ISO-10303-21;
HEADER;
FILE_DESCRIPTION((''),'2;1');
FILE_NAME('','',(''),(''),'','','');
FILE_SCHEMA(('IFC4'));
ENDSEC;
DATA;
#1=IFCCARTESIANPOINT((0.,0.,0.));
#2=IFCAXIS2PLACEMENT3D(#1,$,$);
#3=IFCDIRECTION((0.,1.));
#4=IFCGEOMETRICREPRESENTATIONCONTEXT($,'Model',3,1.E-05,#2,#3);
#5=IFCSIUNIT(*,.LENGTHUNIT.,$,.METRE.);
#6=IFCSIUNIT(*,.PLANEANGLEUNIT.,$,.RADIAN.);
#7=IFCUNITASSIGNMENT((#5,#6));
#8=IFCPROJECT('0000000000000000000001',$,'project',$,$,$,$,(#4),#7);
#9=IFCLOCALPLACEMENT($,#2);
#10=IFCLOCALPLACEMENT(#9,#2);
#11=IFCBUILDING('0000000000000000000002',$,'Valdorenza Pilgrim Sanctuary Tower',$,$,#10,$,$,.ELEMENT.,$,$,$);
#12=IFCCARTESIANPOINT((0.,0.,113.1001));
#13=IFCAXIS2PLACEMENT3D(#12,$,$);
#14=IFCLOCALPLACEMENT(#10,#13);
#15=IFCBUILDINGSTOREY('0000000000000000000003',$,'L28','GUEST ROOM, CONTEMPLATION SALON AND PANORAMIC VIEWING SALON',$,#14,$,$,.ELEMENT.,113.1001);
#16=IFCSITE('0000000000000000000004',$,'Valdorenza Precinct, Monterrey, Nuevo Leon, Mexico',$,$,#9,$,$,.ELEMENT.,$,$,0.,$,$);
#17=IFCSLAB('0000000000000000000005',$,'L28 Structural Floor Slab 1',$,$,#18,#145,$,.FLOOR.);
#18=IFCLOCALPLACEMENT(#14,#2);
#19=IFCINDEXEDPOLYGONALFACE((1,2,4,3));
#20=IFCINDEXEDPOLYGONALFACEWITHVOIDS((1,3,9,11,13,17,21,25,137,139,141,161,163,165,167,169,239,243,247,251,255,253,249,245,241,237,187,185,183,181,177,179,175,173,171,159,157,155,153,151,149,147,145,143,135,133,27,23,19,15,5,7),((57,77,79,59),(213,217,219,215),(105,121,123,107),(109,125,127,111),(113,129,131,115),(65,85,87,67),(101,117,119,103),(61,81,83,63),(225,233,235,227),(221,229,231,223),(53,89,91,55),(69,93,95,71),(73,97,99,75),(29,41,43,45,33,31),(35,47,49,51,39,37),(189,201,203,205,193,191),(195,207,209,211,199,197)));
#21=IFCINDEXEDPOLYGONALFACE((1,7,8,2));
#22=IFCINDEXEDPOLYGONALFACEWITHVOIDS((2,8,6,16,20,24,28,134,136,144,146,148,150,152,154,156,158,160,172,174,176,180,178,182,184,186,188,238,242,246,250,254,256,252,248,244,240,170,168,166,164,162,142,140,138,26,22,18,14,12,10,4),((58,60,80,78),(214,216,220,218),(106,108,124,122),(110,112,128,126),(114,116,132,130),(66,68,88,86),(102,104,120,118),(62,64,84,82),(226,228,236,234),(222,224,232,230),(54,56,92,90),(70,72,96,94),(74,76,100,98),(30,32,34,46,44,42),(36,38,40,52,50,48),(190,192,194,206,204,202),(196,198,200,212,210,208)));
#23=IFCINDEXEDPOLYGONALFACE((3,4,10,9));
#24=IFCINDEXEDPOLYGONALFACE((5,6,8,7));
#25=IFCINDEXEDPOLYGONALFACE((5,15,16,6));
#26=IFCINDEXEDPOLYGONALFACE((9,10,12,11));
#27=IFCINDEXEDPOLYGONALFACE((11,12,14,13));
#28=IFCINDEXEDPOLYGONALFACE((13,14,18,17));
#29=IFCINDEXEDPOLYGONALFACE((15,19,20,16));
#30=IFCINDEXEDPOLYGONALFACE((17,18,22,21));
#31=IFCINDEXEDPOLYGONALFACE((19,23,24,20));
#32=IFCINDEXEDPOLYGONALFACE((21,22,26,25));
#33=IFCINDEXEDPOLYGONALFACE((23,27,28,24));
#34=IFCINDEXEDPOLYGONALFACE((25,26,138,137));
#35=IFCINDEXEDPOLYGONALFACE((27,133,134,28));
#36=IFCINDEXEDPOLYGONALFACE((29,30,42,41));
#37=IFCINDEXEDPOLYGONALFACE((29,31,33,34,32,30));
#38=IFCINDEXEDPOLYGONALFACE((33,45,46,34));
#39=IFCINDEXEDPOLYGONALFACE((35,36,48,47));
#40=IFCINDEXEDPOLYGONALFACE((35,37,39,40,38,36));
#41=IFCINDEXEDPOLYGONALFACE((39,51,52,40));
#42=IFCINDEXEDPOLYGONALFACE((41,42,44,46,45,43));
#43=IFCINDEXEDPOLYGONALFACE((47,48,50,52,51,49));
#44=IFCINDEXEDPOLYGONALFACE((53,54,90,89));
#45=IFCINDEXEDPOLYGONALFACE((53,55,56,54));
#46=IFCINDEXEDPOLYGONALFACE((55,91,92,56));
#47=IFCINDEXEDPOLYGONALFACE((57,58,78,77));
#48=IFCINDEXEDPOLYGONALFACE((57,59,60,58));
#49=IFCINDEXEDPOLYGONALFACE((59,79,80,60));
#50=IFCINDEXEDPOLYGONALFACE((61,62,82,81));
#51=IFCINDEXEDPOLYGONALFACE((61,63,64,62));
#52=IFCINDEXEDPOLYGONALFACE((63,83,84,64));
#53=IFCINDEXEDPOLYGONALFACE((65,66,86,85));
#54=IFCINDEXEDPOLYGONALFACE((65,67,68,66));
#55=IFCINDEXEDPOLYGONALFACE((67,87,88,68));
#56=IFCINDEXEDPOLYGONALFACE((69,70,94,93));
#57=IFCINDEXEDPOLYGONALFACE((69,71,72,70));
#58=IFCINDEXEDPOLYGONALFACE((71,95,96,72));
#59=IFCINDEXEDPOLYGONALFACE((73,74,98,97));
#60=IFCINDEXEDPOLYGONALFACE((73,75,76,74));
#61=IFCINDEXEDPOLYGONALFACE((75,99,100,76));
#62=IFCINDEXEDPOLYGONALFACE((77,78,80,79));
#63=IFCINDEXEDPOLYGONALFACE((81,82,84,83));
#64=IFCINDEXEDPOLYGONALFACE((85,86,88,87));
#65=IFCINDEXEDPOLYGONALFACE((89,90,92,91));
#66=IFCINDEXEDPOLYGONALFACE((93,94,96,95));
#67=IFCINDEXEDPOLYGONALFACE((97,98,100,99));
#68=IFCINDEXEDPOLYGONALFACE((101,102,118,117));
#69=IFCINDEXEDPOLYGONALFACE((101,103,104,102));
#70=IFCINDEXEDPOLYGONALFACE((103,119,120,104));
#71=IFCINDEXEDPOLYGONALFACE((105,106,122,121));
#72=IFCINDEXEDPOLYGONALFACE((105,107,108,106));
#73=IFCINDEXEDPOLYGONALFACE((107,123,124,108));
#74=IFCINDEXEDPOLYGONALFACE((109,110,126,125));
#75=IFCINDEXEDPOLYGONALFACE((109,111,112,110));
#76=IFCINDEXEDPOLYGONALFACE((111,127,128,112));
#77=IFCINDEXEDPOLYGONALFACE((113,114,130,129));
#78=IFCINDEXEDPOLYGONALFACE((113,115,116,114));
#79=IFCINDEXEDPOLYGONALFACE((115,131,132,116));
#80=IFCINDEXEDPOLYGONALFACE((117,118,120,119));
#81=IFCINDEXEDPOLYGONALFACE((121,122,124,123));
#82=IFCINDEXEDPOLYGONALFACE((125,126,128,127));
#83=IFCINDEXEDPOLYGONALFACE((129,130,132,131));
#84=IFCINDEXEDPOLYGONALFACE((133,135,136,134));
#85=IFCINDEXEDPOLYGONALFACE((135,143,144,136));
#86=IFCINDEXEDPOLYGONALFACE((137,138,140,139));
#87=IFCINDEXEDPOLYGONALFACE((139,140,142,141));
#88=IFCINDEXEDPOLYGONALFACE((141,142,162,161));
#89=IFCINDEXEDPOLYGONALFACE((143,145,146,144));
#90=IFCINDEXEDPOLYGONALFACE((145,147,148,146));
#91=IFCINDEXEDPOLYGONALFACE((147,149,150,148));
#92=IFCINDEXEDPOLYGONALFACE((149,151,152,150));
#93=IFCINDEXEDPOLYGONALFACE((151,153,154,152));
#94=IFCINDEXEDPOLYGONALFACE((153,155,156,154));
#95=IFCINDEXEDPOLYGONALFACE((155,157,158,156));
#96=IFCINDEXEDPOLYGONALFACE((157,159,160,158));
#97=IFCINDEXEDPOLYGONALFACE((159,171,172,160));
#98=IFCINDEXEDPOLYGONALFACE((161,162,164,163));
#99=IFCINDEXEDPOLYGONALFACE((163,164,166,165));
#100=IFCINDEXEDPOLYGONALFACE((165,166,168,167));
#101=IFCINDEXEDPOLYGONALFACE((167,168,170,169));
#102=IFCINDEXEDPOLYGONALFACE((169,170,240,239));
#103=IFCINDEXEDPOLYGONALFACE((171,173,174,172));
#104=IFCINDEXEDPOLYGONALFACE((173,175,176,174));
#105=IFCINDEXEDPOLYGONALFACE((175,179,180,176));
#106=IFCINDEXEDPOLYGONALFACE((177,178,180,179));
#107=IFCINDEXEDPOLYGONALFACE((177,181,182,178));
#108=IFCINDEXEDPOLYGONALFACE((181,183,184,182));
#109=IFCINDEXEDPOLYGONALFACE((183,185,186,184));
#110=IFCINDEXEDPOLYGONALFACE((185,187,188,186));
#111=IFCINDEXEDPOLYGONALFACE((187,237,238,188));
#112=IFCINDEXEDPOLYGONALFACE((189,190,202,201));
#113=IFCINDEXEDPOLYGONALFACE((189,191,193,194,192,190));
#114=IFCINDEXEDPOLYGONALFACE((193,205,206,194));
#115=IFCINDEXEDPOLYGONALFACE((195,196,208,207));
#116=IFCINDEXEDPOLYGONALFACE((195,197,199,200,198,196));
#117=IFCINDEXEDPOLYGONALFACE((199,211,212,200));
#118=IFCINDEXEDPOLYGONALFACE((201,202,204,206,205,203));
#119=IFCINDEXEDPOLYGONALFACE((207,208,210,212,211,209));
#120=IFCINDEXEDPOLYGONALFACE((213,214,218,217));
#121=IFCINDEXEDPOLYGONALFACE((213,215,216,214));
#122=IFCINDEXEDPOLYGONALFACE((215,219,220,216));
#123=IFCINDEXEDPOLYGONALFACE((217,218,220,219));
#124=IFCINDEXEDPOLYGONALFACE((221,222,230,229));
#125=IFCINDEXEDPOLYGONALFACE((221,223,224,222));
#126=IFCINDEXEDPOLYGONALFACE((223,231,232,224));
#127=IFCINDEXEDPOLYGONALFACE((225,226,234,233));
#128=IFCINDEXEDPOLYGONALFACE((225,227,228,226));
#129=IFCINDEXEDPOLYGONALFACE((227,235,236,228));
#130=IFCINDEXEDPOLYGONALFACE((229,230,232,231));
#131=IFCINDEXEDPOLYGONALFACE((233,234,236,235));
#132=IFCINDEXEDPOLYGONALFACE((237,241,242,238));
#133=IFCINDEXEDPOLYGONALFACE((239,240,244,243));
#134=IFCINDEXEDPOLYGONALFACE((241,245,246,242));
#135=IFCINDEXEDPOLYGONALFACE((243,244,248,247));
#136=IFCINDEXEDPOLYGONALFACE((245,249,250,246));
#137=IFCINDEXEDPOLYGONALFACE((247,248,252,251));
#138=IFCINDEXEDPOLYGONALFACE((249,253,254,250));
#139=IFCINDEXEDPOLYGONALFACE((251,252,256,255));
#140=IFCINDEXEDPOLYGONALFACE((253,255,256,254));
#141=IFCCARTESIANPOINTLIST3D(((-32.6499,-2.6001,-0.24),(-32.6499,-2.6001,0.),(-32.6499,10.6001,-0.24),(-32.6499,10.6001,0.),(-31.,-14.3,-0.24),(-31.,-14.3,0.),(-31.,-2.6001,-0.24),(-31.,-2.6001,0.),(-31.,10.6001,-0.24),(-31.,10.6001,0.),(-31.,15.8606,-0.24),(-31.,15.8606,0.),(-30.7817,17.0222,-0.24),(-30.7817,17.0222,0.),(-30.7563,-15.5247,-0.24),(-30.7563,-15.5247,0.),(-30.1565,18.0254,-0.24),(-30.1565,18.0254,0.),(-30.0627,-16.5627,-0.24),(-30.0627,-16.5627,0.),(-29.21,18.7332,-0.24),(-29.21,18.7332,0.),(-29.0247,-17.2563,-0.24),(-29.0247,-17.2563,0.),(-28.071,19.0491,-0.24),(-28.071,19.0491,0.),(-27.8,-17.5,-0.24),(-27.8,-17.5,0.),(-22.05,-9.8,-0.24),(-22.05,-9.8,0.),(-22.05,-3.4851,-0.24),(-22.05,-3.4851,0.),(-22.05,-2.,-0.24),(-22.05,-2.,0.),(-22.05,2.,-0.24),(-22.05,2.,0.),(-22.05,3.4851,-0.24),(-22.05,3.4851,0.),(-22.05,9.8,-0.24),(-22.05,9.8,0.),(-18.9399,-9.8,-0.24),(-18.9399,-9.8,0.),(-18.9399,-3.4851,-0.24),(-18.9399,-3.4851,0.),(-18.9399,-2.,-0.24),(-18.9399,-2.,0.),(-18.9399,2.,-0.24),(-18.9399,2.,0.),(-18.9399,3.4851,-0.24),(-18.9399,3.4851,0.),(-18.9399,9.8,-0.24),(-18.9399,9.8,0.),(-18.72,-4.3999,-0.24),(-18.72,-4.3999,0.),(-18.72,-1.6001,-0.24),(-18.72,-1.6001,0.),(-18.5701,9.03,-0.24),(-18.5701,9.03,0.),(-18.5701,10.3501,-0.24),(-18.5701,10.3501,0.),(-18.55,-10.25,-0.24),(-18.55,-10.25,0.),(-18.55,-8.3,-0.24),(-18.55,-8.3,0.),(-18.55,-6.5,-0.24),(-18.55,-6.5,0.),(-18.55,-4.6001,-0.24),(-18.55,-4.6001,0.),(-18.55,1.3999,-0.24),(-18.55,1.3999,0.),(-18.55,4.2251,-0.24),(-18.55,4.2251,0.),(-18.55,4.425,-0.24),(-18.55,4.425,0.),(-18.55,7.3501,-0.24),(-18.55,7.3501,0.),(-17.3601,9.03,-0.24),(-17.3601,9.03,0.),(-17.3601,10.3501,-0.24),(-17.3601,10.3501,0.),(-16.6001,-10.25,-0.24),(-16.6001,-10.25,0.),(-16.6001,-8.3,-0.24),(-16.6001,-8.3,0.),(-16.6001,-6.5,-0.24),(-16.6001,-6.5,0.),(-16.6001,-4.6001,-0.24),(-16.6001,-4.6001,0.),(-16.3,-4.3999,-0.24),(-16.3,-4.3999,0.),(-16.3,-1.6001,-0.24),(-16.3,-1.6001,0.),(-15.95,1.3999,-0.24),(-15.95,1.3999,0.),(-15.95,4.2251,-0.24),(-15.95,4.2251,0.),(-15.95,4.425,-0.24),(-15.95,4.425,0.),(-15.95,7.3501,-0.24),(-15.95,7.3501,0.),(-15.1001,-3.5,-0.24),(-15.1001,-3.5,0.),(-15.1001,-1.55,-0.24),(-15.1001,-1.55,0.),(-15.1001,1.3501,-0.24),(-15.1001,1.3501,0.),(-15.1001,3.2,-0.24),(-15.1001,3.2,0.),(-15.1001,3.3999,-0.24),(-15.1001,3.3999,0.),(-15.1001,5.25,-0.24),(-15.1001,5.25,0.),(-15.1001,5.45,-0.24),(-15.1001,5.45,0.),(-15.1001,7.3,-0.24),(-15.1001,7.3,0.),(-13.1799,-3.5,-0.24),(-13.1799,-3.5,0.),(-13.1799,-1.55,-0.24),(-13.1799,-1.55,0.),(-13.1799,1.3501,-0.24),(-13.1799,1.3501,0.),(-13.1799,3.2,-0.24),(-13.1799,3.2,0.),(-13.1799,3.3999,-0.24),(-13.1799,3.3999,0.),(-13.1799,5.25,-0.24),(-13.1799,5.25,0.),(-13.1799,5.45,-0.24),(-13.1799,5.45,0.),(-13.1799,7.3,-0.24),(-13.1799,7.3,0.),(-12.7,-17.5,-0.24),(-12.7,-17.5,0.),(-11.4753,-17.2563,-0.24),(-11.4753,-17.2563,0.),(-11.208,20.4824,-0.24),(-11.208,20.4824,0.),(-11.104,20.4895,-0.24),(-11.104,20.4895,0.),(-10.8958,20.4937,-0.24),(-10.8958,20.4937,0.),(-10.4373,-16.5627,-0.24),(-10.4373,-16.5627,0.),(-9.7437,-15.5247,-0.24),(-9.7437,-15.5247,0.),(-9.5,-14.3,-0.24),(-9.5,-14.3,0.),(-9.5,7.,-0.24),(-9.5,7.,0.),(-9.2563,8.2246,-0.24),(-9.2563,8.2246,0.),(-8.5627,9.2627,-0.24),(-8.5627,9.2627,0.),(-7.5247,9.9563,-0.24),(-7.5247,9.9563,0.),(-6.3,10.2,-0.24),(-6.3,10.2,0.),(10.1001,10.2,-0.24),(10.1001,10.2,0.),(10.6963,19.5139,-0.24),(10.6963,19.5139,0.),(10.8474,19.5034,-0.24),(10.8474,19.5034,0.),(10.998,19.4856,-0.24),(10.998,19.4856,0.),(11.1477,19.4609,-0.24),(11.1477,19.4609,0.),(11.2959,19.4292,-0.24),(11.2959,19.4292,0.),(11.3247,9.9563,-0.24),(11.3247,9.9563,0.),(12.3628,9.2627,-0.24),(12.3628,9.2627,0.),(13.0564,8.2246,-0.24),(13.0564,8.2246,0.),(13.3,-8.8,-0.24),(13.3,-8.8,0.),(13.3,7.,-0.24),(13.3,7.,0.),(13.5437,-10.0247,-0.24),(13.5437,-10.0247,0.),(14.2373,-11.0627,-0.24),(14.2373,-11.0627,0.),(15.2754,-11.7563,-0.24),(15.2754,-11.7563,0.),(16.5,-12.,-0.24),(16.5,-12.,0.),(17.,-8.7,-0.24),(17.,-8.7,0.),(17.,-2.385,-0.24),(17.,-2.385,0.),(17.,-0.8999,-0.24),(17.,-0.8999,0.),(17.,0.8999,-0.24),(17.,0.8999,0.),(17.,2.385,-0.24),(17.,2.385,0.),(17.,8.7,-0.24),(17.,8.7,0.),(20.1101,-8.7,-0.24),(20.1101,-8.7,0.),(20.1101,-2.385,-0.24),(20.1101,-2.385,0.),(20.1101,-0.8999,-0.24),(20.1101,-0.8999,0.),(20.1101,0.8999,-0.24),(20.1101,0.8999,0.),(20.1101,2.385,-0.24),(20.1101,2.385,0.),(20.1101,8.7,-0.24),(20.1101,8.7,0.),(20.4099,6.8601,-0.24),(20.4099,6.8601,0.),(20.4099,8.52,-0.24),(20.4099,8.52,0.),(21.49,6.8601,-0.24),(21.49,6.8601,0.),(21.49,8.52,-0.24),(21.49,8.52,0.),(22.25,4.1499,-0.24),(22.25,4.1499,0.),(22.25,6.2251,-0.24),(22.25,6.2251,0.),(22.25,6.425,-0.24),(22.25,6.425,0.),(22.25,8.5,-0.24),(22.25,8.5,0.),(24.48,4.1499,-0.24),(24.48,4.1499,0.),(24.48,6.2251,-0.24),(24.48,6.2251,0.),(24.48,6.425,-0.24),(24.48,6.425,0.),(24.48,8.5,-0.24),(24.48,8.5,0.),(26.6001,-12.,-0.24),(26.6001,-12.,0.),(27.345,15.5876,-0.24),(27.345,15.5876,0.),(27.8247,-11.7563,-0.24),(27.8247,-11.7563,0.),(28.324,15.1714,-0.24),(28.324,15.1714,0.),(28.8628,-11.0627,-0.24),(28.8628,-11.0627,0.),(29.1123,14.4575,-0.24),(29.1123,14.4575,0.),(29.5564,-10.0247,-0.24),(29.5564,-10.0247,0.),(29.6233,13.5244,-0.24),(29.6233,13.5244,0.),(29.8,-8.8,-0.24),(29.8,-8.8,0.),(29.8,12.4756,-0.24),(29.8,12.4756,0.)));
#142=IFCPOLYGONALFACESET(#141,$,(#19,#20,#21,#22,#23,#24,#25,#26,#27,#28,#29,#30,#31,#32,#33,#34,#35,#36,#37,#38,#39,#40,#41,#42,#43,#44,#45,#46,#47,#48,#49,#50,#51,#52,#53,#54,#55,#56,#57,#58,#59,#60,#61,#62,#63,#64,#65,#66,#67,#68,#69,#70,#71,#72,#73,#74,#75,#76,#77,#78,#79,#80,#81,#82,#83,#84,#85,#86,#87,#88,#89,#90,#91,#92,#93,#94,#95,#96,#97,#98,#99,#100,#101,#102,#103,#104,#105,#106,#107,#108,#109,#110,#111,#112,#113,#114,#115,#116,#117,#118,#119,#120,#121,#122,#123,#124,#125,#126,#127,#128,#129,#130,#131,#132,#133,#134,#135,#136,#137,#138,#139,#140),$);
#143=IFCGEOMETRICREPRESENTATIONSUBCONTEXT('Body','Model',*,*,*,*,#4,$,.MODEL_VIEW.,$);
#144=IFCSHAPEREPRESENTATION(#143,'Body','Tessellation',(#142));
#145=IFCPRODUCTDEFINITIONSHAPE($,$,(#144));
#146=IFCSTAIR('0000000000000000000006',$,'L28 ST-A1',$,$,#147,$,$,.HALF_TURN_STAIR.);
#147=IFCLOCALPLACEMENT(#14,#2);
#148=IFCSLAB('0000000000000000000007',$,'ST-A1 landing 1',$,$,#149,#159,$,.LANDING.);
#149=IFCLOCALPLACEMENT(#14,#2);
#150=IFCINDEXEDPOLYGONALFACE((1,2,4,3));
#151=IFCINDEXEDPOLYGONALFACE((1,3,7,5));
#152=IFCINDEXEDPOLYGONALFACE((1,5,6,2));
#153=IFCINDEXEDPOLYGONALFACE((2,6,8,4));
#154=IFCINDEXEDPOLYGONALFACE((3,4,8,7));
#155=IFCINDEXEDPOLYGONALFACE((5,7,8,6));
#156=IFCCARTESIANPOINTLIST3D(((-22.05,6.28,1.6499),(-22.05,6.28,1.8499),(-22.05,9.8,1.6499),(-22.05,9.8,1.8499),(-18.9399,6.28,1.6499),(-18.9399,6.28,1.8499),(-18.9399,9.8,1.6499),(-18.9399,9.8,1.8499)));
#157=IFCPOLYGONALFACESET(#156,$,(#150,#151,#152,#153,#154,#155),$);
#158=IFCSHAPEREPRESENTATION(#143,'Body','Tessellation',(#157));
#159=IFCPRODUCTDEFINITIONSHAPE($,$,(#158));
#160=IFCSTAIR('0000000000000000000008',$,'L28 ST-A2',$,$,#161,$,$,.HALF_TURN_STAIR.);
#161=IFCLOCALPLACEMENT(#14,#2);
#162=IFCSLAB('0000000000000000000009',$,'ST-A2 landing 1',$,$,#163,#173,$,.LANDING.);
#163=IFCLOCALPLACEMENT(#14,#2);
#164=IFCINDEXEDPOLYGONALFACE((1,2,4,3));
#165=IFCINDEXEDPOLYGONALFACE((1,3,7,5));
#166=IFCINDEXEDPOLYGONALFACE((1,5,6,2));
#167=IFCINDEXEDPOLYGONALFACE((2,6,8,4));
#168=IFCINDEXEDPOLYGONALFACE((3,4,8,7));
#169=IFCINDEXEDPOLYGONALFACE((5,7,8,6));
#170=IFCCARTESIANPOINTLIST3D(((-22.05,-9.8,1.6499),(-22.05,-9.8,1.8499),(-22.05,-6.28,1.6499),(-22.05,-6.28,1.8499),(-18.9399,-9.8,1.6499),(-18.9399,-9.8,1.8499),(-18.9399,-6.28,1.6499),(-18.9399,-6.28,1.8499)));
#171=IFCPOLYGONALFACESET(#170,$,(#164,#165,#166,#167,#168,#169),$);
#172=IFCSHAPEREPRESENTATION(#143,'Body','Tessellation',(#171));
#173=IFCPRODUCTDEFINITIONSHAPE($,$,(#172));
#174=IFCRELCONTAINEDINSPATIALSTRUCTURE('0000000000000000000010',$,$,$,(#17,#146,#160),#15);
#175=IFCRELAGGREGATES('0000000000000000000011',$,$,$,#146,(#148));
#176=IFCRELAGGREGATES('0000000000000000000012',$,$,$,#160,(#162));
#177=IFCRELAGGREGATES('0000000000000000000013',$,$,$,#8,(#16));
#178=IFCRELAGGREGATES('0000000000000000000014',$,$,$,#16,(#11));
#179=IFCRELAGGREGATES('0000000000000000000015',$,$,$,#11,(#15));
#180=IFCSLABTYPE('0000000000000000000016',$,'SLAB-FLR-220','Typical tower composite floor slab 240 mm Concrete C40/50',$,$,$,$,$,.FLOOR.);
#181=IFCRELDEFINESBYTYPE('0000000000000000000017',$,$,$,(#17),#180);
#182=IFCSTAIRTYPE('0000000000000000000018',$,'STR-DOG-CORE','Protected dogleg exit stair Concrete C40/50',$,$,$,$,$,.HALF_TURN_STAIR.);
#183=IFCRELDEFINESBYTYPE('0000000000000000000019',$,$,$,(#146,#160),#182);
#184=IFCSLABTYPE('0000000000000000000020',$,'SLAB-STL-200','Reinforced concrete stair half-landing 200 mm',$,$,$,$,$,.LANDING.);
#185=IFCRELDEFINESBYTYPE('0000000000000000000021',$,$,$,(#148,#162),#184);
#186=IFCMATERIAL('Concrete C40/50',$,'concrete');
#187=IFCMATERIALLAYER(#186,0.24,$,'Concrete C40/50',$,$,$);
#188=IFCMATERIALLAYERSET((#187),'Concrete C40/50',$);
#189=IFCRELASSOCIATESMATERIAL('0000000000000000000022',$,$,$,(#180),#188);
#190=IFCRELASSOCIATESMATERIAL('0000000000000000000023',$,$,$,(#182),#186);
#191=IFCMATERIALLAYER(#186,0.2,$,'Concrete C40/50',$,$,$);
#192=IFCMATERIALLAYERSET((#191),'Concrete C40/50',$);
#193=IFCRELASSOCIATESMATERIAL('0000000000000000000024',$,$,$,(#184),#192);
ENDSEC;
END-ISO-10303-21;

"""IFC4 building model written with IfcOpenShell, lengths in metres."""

from ifc_helpers import new_model, si_unit, direction, frame, origin, place, context, subcontext, project, spatial, polyline, outline, extrude, material, layer, layer_set, type_object, element, aggregate, save


model = new_model("IFC4")

# Units and contexts
model_context = context("Model", 3, precision=1e-05, world=origin(), true_north=direction((0.0, 1.0)))
body_context = subcontext(model_context, "Body", "Model", "MODEL_VIEW")
ifc_project = project(units=[si_unit("LENGTHUNIT", "METRE"), si_unit("PLANEANGLEUNIT", "RADIAN")], contexts=[model_context])

# Site, building, storey
site_placement = place(None, origin())
site = spatial("IfcSite", under=ifc_project, at=site_placement, Name="Valdorenza Precinct, Monterrey, Nuevo Leon, Mexico", CompositionType="ELEMENT", RefElevation=0.0)
building_placement = place(site_placement, origin())
building = spatial("IfcBuilding", under=site, at=building_placement, Name="Valdorenza Pilgrim Sanctuary Tower", CompositionType="ELEMENT")
storey_placement = place(building_placement, frame((0.0, 0.0, 113.1001)))
storey = spatial("IfcBuildingStorey", under=building, at=storey_placement, Name="L28", Description="GUEST ROOM, CONTEMPLATION SALON AND PANORAMIC VIEWING SALON", CompositionType="ELEMENT", Elevation=113.1001)

# Slab
ifc_material_1 = material(Name="Concrete C40/50", Category="concrete")
ifc_layer_1 = layer(ifc_material_1, 0.24, Name="Concrete C40/50")
ifc_layer_set_1 = layer_set([ifc_layer_1], Name="Concrete C40/50")
slab_type_1 = type_object("IfcSlabType", Name="SLAB-FLR-220", Description="Typical tower composite floor slab 240 mm Concrete C40/50", PredefinedType="FLOOR", material=ifc_layer_set_1)
slab_1_placement = place(storey_placement, frame((0.0, 0.0, -0.24)))
element("IfcSlab", 1, at=slab_1_placement, inside=storey, type_object=slab_type_1, Name="L28 Structural Floor Slab 1", PredefinedType="FLOOR", context=body_context, shape_type="SweptSolid", body=[
    extrude(outline(polyline([(-30.7817, 17.0222), (-30.1565, 18.0254), (-29.21, 18.7332), (-28.071, 19.0491), (-11.208, 20.4824), (-11.104, 20.4895), (-10.8958, 20.4937), (10.6963, 19.5139), (10.8474, 19.5034), (10.998, 19.4856), (11.1477, 19.4609), (11.2959, 19.4292), (27.345, 15.5876), (28.324, 15.1714), (29.1123, 14.4575), (29.6233, 13.5244), (29.8, 12.4756), (29.8, -8.8), (29.5564, -10.0247), (28.8628, -11.0627), (27.8247, -11.7563), (26.6001, -12.0), (16.5, -12.0), (15.2754, -11.7563), (14.2373, -11.0627), (13.5437, -10.0247), (13.3, -8.8), (13.3, 7.0), (13.0564, 8.2246), (12.3628, 9.2627), (11.3247, 9.9563), (10.1001, 10.2), (-6.3, 10.2), (-7.5247, 9.9563), (-8.5627, 9.2627), (-9.2563, 8.2246), (-9.5, 7.0), (-9.5, -14.3), (-9.7437, -15.5247), (-10.4373, -16.5627), (-11.4753, -17.2563), (-12.7, -17.5), (-27.8, -17.5), (-29.0247, -17.2563), (-30.0627, -16.5627), (-30.7563, -15.5247), (-31.0, -14.3), (-31.0, -2.6001), (-32.6499, -2.6001), (-32.6499, 10.6001), (-31.0, 10.6001), (-31.0, 15.8606), (-30.7817, 17.0222)]), holes=[polyline([(-16.6001, -10.25), (-16.6001, -8.3), (-18.55, -8.3), (-18.55, -10.25), (-16.6001, -10.25)]), polyline([(-22.05, -9.8), (-18.9399, -9.8), (-18.9399, -3.4851), (-18.9399, -2.0), (-22.05, -2.0), (-22.05, -3.4851), (-22.05, -9.8)]), polyline([(-16.6001, -6.5), (-16.6001, -4.6001), (-18.55, -4.6001), (-18.55, -6.5), (-16.6001, -6.5)]), polyline([(-18.72, -4.3999), (-16.3, -4.3999), (-16.3, -1.6001), (-18.72, -1.6001), (-18.72, -4.3999)]), polyline([(-13.1799, 1.3501), (-13.1799, 3.2), (-15.1001, 3.2), (-15.1001, 1.3501), (-13.1799, 1.3501)]), polyline([(-22.05, 2.0), (-18.9399, 2.0), (-18.9399, 3.4851), (-18.9399, 9.8), (-22.05, 9.8), (-22.05, 3.4851), (-22.05, 2.0)]), polyline([(-15.95, 1.3999), (-15.95, 4.2251), (-18.55, 4.2251), (-18.55, 1.3999), (-15.95, 1.3999)]), polyline([(-18.55, 4.425), (-15.95, 4.425), (-15.95, 7.3501), (-18.55, 7.3501), (-18.55, 4.425)]), polyline([(-17.3601, 9.03), (-17.3601, 10.3501), (-18.5701, 10.3501), (-18.5701, 9.03), (-17.3601, 9.03)]), polyline([(17.0, -8.7), (20.1101, -8.7), (20.1101, -2.385), (20.1101, -0.8999), (17.0, -0.8999), (17.0, -2.385), (17.0, -8.7)]), polyline([(-13.1799, -3.5), (-13.1799, -1.55), (-15.1001, -1.55), (-15.1001, -3.5), (-13.1799, -3.5)]), polyline([(17.0, 0.8999), (20.1101, 0.8999), (20.1101, 2.385), (20.1101, 8.7), (17.0, 8.7), (17.0, 2.385), (17.0, 0.8999)]), polyline([(-13.1799, 3.3999), (-13.1799, 5.25), (-15.1001, 5.25), (-15.1001, 3.3999), (-13.1799, 3.3999)]), polyline([(22.25, 4.1499), (24.48, 4.1499), (24.48, 6.2251), (22.25, 6.2251), (22.25, 4.1499)]), polyline([(-13.1799, 5.45), (-13.1799, 7.3), (-15.1001, 7.3), (-15.1001, 5.45), (-13.1799, 5.45)]), polyline([(22.25, 6.425), (24.48, 6.425), (24.48, 8.5), (22.25, 8.5), (22.25, 6.425)]), polyline([(20.4099, 6.8601), (21.49, 6.8601), (21.49, 8.52), (20.4099, 8.52), (20.4099, 6.8601)])]), origin(), (0.0, 0.0, 1.0), 0.24),
])

# Stairs, slabs
stair_type = type_object("IfcStairType", Name="STR-DOG-CORE", Description="Protected dogleg exit stair Concrete C40/50", PredefinedType="HALF_TURN_STAIR", material=ifc_material_1)
stair_1_placement = place(storey_placement, origin())
stair_1 = element("IfcStair", 2, at=stair_1_placement, inside=storey, type_object=stair_type, Name="L28 ST-A1", PredefinedType="HALF_TURN_STAIR")
ifc_layer_2 = layer(ifc_material_1, 0.2, Name="Concrete C40/50")
ifc_layer_set_2 = layer_set([ifc_layer_2], Name="Concrete C40/50")
slab_type_2 = type_object("IfcSlabType", Name="SLAB-STL-200", Description="Reinforced concrete stair half-landing 200 mm", PredefinedType="LANDING", material=ifc_layer_set_2)
slab_2_placement = place(storey_placement, frame((0.0, 0.0, 1.6499)))
slab_2 = element("IfcSlab", 3, at=slab_2_placement, type_object=slab_type_2, Name="ST-A1 landing 1", PredefinedType="LANDING", context=body_context, shape_type="SweptSolid", body=[
    extrude(outline(polyline([(-18.9399, 6.28), (-18.9399, 9.8), (-22.05, 9.8), (-22.05, 6.28), (-18.9399, 6.28)])), origin(), (0.0, 0.0, 1.0), 0.2),
])
aggregate(stair_1, [slab_2])
stair_2_placement = place(storey_placement, origin())
stair_2 = element("IfcStair", 4, at=stair_2_placement, inside=storey, type_object=stair_type, Name="L28 ST-A2", PredefinedType="HALF_TURN_STAIR")
slab_3_placement = place(storey_placement, frame((0.0, 0.0, 1.6499)))
slab_3 = element("IfcSlab", 5, at=slab_3_placement, type_object=slab_type_2, Name="ST-A2 landing 1", PredefinedType="LANDING", context=body_context, shape_type="SweptSolid", body=[
    extrude(outline(polyline([(-22.05, -6.28), (-22.05, -9.8), (-18.9399, -9.8), (-18.9399, -6.28), (-22.05, -6.28)])), origin(), (0.0, 0.0, 1.0), 0.2),
])
aggregate(stair_2, [slab_3])

save(model, "model.ifc")
